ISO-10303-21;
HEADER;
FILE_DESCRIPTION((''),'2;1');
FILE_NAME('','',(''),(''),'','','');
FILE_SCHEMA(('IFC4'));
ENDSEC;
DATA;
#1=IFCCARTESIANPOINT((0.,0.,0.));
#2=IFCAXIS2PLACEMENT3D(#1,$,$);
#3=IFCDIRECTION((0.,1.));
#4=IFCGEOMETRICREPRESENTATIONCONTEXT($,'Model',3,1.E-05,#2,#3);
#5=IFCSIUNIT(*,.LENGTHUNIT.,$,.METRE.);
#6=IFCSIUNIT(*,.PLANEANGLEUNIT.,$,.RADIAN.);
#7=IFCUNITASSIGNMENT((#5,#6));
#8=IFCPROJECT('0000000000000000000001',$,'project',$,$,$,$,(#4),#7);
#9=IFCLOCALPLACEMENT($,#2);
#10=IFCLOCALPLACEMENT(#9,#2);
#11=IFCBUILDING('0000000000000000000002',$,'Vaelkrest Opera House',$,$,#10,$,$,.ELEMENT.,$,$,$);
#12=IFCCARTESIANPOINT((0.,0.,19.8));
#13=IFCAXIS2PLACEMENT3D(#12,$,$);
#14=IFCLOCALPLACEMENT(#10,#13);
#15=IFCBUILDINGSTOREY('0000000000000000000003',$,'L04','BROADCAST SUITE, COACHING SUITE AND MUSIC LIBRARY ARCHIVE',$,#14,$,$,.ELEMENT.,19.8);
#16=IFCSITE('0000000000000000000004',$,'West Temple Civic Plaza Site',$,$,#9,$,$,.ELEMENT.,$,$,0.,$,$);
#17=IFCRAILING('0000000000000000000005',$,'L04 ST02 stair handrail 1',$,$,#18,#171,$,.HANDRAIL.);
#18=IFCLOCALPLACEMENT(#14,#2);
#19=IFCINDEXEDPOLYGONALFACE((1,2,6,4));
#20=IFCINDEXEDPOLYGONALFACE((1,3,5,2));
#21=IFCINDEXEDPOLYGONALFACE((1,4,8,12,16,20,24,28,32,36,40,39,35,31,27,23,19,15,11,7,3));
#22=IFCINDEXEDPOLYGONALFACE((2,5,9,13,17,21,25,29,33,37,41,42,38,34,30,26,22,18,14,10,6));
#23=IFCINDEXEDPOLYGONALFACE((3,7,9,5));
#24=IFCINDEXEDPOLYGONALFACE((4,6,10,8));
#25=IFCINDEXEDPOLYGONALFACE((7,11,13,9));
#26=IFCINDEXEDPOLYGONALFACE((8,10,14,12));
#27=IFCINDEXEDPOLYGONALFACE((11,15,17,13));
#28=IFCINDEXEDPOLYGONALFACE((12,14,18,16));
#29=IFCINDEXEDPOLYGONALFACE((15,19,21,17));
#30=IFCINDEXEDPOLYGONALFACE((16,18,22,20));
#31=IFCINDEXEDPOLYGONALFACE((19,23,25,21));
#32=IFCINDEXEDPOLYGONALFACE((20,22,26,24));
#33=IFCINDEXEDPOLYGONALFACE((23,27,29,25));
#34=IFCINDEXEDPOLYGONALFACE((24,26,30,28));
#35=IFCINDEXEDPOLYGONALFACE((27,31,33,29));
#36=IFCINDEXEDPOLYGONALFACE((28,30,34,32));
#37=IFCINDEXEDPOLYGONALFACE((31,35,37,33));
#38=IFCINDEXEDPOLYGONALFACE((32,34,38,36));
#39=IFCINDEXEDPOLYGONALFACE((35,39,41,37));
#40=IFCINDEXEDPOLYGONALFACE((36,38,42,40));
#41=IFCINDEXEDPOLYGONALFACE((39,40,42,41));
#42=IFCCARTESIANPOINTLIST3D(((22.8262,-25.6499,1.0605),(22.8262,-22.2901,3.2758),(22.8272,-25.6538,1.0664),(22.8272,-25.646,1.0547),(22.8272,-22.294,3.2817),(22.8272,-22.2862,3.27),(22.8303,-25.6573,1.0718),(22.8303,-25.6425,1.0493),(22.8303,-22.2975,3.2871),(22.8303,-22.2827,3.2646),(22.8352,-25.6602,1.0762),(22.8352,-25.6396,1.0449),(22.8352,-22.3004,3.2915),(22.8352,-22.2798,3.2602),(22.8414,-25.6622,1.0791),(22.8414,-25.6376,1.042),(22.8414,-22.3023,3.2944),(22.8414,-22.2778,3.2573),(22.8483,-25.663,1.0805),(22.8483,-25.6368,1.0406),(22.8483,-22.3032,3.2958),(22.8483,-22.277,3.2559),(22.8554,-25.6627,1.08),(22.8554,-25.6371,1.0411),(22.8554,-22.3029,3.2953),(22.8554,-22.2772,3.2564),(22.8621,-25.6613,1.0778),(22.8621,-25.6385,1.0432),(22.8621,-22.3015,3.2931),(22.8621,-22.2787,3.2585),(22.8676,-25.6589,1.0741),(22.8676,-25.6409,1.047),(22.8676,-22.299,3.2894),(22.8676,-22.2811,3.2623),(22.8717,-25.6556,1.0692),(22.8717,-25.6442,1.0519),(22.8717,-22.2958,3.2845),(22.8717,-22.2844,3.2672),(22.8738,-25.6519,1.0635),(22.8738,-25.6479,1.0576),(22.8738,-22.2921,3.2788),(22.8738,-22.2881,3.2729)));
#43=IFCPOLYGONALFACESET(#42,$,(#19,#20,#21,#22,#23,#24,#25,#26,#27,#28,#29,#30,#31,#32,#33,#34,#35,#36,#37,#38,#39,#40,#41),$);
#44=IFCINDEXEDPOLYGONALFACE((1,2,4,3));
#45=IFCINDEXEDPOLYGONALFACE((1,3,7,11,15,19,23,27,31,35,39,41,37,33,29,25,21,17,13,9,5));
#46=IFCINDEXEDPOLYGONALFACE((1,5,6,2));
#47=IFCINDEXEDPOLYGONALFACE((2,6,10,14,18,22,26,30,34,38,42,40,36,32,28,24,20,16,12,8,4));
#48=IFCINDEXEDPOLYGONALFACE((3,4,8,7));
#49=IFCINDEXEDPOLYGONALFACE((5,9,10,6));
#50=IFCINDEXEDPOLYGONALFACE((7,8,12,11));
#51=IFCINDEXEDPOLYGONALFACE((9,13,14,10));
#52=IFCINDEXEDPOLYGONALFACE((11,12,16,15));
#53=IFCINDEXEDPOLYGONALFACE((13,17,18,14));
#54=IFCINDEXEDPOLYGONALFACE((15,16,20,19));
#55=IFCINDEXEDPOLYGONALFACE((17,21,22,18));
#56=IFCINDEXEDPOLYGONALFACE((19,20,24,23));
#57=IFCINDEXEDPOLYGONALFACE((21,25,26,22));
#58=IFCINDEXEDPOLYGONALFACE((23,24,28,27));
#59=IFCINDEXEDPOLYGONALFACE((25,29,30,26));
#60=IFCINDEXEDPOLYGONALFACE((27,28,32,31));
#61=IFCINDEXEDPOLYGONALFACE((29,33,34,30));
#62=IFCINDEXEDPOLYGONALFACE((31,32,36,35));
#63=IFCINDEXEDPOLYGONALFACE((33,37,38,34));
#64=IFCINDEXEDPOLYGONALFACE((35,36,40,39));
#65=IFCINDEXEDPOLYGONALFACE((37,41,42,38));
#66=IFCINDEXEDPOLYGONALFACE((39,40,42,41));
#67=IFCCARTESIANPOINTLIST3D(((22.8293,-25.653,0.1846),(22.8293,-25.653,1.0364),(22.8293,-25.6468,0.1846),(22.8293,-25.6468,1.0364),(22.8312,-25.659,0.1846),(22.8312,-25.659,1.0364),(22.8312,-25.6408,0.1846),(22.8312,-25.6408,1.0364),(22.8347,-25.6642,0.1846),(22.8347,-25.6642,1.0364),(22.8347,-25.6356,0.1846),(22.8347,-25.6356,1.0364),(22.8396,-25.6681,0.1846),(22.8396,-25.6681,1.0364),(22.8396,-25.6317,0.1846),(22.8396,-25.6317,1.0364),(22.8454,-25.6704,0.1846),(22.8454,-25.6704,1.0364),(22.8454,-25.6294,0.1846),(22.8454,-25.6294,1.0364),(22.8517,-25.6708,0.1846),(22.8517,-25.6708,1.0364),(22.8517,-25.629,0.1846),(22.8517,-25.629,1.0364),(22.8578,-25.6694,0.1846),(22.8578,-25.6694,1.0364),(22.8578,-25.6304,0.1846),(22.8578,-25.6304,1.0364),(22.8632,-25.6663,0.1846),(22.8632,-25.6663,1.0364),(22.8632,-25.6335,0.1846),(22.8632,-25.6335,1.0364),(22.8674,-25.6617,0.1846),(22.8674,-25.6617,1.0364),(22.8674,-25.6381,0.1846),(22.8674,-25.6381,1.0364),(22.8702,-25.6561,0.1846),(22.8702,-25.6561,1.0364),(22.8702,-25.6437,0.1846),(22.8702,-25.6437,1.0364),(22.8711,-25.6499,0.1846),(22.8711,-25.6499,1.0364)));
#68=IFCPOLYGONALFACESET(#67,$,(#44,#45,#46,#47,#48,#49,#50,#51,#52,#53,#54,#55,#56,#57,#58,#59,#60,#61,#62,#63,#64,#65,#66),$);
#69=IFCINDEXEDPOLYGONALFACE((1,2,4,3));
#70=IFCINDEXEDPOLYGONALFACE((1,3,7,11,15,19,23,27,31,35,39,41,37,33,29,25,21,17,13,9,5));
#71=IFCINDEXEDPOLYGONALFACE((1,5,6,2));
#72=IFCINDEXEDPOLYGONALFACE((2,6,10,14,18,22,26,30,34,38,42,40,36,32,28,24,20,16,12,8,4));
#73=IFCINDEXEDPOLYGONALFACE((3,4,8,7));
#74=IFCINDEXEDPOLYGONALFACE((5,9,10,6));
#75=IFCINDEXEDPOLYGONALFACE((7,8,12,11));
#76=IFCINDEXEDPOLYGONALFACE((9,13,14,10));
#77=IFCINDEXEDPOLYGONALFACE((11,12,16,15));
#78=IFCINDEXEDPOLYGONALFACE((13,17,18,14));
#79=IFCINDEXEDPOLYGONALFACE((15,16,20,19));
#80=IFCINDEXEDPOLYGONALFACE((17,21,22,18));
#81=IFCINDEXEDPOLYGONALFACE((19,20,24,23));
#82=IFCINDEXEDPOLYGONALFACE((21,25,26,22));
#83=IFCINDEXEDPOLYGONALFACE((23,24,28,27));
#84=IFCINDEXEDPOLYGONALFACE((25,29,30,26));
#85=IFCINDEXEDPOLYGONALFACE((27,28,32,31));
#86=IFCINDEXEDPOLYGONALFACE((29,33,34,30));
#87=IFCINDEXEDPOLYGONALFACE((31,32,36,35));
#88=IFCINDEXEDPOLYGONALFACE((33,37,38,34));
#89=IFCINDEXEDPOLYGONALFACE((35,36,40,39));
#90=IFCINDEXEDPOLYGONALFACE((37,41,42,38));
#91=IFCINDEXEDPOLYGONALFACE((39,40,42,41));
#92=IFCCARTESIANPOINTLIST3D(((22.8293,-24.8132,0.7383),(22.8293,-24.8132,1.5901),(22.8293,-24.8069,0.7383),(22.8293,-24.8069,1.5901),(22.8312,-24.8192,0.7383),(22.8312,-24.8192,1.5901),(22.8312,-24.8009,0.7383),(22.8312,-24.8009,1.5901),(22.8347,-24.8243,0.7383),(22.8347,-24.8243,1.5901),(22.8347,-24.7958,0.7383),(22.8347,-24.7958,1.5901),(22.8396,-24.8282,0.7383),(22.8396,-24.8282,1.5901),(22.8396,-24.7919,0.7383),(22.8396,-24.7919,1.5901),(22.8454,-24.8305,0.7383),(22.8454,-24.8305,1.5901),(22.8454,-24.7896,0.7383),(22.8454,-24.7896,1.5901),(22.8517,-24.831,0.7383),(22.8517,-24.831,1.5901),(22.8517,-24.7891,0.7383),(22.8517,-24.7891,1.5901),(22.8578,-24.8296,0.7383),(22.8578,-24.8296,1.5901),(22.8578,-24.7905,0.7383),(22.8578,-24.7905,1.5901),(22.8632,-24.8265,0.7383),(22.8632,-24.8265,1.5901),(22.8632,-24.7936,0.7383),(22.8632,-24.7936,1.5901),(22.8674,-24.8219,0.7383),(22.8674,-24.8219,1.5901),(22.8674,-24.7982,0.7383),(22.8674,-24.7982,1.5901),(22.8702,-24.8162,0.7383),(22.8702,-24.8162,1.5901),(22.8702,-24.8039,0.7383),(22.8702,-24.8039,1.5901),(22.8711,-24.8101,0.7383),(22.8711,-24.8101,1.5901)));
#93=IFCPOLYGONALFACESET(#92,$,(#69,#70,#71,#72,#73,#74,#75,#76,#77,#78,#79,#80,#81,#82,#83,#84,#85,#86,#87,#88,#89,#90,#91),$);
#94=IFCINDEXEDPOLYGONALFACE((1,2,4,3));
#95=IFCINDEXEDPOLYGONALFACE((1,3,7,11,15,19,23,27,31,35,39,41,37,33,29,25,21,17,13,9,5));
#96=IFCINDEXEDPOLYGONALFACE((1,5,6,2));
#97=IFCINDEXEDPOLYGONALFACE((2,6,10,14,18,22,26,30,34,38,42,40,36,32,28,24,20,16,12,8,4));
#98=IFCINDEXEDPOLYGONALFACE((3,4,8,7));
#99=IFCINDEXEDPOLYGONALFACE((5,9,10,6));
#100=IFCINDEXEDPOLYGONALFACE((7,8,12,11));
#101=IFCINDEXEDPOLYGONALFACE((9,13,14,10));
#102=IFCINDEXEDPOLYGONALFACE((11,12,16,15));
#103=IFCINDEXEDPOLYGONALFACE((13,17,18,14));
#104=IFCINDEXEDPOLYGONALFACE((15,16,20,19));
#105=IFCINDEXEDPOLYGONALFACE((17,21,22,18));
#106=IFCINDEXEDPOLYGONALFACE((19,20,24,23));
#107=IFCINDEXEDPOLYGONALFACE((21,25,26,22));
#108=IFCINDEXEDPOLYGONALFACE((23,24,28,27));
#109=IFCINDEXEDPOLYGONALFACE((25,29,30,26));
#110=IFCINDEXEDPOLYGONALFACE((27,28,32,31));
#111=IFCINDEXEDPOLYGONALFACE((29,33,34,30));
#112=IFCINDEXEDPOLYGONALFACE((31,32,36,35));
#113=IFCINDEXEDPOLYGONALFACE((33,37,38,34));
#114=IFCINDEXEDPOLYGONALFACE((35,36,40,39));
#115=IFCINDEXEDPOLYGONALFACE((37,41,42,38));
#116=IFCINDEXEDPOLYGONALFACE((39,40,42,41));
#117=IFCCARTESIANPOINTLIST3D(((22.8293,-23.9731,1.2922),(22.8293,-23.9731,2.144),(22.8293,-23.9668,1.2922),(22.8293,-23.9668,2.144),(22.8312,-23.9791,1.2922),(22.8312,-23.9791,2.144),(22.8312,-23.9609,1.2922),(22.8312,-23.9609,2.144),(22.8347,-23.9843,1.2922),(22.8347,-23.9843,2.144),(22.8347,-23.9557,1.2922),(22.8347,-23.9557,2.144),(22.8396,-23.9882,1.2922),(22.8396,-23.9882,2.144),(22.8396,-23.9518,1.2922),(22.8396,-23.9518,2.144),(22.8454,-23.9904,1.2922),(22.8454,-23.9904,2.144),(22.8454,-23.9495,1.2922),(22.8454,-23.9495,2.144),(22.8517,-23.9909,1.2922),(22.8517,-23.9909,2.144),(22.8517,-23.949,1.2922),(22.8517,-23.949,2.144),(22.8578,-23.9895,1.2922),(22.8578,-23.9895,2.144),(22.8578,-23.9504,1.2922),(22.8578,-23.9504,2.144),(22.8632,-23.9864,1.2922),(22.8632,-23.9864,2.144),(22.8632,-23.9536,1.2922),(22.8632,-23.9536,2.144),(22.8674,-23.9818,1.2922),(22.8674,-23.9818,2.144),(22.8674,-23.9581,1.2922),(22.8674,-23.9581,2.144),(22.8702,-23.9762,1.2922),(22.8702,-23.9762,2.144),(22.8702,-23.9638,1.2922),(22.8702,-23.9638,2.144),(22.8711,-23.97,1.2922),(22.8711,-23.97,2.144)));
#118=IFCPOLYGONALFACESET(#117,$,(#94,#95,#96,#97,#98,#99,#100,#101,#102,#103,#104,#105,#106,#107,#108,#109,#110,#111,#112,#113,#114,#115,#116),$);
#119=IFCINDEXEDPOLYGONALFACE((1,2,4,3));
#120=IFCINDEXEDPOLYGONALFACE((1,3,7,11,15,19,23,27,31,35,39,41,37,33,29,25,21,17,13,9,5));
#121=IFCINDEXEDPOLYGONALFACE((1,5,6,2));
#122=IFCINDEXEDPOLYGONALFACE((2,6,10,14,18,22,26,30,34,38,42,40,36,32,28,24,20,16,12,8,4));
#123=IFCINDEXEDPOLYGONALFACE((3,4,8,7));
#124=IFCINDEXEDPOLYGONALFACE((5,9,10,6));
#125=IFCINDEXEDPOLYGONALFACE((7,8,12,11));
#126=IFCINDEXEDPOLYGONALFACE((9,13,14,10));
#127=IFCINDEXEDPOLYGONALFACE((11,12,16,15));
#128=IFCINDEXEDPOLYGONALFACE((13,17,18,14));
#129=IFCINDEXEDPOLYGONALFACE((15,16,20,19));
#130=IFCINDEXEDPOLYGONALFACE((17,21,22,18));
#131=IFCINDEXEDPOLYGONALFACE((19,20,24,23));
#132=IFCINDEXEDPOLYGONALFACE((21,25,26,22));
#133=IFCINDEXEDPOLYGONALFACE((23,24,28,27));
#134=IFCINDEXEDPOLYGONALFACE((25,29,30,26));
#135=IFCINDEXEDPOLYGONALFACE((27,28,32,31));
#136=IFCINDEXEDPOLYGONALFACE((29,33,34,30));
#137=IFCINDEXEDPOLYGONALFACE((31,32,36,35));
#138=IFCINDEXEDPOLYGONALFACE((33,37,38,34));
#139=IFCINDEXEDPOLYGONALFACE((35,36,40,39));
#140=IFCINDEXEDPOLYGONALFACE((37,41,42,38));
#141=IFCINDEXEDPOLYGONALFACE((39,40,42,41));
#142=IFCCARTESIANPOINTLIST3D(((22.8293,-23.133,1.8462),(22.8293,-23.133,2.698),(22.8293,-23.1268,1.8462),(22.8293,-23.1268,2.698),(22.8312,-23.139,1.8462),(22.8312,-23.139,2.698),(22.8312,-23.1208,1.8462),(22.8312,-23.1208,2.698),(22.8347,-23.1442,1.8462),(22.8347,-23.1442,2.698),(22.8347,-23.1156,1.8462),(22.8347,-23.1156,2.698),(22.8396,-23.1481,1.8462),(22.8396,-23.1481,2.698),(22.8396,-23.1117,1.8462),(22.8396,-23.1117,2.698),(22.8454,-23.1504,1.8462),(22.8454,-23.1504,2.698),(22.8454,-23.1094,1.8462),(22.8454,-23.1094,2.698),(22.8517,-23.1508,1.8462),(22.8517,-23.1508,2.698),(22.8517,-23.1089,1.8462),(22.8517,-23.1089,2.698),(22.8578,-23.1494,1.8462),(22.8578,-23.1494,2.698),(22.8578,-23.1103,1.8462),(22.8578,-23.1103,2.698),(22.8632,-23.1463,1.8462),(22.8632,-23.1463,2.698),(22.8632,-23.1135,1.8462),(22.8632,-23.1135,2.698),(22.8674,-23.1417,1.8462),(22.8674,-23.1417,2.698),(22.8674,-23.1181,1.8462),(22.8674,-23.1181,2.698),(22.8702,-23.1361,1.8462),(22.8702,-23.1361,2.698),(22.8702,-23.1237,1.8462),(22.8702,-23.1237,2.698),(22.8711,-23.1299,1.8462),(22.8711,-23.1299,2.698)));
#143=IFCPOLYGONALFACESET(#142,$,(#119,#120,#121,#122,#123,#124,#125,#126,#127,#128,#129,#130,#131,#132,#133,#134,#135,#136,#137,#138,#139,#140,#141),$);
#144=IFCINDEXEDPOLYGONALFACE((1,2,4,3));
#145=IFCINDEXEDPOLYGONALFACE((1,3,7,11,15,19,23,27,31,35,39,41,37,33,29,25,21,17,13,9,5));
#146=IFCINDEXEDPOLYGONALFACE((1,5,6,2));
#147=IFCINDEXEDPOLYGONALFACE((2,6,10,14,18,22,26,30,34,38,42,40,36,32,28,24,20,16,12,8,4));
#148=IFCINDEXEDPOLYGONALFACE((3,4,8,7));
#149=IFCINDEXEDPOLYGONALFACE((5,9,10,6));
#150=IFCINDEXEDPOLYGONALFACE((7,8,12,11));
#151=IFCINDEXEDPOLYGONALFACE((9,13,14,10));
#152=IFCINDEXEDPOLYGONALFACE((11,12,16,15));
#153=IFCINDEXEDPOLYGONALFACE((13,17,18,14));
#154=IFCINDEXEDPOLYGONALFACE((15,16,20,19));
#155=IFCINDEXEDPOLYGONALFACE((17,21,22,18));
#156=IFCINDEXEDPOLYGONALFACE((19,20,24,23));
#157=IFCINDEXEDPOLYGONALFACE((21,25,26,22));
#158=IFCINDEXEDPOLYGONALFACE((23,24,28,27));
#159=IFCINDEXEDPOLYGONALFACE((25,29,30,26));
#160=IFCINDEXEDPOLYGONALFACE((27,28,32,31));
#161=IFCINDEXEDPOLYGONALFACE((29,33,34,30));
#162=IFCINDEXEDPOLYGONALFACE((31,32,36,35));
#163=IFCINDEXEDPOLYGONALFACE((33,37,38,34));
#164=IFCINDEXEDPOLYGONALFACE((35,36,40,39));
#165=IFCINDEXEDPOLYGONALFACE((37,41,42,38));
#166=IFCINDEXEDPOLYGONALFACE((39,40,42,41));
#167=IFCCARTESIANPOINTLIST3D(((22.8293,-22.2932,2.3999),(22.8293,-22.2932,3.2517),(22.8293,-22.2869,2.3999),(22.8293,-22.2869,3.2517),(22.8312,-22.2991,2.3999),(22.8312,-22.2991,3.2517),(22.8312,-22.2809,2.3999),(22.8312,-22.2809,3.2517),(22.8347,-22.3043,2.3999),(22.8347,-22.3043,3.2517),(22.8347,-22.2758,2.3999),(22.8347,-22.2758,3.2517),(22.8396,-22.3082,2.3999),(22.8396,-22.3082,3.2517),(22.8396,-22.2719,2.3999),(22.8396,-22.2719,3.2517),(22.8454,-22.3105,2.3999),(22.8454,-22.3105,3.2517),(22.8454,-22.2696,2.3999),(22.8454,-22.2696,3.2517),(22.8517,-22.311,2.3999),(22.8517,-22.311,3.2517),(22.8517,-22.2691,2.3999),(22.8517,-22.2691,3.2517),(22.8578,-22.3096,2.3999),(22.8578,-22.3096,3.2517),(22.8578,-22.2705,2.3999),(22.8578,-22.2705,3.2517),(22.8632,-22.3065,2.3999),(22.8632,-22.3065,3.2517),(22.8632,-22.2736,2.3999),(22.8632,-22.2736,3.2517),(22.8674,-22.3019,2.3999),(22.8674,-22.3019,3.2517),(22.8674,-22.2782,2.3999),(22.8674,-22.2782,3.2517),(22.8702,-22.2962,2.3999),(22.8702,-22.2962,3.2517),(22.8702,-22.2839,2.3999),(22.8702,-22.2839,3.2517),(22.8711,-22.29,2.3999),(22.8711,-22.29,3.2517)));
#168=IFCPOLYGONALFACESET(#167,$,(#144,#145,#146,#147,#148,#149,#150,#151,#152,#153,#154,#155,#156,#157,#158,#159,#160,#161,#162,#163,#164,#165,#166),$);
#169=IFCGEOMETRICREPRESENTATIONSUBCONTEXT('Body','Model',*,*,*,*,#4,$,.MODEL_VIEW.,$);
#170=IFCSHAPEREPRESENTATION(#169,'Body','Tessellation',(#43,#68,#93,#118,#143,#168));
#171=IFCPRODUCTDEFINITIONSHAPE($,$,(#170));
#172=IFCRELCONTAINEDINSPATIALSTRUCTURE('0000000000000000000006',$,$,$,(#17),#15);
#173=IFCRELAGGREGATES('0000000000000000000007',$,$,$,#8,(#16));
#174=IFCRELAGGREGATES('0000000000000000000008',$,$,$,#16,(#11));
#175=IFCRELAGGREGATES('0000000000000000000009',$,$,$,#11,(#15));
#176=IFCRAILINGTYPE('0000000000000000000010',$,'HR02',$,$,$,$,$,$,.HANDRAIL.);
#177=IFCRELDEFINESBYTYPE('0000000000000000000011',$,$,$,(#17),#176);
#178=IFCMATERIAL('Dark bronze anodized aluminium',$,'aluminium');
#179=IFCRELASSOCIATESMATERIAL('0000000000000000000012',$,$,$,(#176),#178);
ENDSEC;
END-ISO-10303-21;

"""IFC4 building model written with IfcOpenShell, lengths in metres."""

from ifc_helpers import new_model, si_unit, direction, frame, origin, origin_2d, place, context, subcontext, project, spatial, circle, extrude, material, type_object, element, save


model = new_model("IFC4")

# Units and contexts
model_context = context("Model", 3, precision=1e-05, world=origin(), true_north=direction((0.0, 1.0)))
body_context = subcontext(model_context, "Body", "Model", "MODEL_VIEW")
ifc_project = project(units=[si_unit("LENGTHUNIT", "METRE"), si_unit("PLANEANGLEUNIT", "RADIAN")], contexts=[model_context])

# Site, building, storey
site_placement = place(None, origin())
site = spatial("IfcSite", under=ifc_project, at=site_placement, Name="West Temple Civic Plaza Site", CompositionType="ELEMENT", RefElevation=0.0)
building_placement = place(site_placement, origin())
building = spatial("IfcBuilding", under=site, at=building_placement, Name="Vaelkrest Opera House", CompositionType="ELEMENT")
storey_placement = place(building_placement, frame((0.0, 0.0, 19.8)))
storey = spatial("IfcBuildingStorey", under=building, at=storey_placement, Name="L04", Description="BROADCAST SUITE, COACHING SUITE AND MUSIC LIBRARY ARCHIVE", CompositionType="ELEMENT", Elevation=19.8)

# Shared definitions
ifc_material_1 = material(Name="Dark bronze anodized aluminium", Category="aluminium")

# Railing
railing_type_1 = type_object("IfcRailingType", Name="HR02", PredefinedType="HANDRAIL", material=ifc_material_1)
railing_1_placement = place(storey_placement, frame((22.8501, -25.6499, 0.1846)))
element("IfcRailing", 1, at=railing_1_placement, inside=storey, type_object=railing_type_1, Name="L04 ST02 stair handrail 1", PredefinedType="HANDRAIL", context=body_context, shape_type="SweptSolid", body=[
    extrude(circle(Radius=0.0239, at=origin_2d()), frame((0.0, 0.0, 0.876), z_axis=(0.0, 0.834858, 0.550465), x_axis=(-1.0, 0.0, 0.0)), (0.0, 0.0, 1.0), 4.0244),
    extrude(circle(Radius=0.021, at=origin_2d()), origin(), (0.0, 0.0, 1.0), 0.8518),
    extrude(circle(Radius=0.021, at=origin_2d()), frame((0.0, 0.8398, 0.5537)), (0.0, 0.0, 1.0), 0.8518),
    extrude(circle(Radius=0.021, at=origin_2d()), frame((0.0, 1.6799, 1.1077)), (0.0, 0.0, 1.0), 0.8518),
    extrude(circle(Radius=0.021, at=origin_2d()), frame((0.0, 2.52, 1.6616)), (0.0, 0.0, 1.0), 0.8518),
    extrude(circle(Radius=0.021, at=origin_2d()), frame((0.0, 3.3599, 2.2153)), (0.0, 0.0, 1.0), 0.8518),
])

save(model, "model.ifc")
